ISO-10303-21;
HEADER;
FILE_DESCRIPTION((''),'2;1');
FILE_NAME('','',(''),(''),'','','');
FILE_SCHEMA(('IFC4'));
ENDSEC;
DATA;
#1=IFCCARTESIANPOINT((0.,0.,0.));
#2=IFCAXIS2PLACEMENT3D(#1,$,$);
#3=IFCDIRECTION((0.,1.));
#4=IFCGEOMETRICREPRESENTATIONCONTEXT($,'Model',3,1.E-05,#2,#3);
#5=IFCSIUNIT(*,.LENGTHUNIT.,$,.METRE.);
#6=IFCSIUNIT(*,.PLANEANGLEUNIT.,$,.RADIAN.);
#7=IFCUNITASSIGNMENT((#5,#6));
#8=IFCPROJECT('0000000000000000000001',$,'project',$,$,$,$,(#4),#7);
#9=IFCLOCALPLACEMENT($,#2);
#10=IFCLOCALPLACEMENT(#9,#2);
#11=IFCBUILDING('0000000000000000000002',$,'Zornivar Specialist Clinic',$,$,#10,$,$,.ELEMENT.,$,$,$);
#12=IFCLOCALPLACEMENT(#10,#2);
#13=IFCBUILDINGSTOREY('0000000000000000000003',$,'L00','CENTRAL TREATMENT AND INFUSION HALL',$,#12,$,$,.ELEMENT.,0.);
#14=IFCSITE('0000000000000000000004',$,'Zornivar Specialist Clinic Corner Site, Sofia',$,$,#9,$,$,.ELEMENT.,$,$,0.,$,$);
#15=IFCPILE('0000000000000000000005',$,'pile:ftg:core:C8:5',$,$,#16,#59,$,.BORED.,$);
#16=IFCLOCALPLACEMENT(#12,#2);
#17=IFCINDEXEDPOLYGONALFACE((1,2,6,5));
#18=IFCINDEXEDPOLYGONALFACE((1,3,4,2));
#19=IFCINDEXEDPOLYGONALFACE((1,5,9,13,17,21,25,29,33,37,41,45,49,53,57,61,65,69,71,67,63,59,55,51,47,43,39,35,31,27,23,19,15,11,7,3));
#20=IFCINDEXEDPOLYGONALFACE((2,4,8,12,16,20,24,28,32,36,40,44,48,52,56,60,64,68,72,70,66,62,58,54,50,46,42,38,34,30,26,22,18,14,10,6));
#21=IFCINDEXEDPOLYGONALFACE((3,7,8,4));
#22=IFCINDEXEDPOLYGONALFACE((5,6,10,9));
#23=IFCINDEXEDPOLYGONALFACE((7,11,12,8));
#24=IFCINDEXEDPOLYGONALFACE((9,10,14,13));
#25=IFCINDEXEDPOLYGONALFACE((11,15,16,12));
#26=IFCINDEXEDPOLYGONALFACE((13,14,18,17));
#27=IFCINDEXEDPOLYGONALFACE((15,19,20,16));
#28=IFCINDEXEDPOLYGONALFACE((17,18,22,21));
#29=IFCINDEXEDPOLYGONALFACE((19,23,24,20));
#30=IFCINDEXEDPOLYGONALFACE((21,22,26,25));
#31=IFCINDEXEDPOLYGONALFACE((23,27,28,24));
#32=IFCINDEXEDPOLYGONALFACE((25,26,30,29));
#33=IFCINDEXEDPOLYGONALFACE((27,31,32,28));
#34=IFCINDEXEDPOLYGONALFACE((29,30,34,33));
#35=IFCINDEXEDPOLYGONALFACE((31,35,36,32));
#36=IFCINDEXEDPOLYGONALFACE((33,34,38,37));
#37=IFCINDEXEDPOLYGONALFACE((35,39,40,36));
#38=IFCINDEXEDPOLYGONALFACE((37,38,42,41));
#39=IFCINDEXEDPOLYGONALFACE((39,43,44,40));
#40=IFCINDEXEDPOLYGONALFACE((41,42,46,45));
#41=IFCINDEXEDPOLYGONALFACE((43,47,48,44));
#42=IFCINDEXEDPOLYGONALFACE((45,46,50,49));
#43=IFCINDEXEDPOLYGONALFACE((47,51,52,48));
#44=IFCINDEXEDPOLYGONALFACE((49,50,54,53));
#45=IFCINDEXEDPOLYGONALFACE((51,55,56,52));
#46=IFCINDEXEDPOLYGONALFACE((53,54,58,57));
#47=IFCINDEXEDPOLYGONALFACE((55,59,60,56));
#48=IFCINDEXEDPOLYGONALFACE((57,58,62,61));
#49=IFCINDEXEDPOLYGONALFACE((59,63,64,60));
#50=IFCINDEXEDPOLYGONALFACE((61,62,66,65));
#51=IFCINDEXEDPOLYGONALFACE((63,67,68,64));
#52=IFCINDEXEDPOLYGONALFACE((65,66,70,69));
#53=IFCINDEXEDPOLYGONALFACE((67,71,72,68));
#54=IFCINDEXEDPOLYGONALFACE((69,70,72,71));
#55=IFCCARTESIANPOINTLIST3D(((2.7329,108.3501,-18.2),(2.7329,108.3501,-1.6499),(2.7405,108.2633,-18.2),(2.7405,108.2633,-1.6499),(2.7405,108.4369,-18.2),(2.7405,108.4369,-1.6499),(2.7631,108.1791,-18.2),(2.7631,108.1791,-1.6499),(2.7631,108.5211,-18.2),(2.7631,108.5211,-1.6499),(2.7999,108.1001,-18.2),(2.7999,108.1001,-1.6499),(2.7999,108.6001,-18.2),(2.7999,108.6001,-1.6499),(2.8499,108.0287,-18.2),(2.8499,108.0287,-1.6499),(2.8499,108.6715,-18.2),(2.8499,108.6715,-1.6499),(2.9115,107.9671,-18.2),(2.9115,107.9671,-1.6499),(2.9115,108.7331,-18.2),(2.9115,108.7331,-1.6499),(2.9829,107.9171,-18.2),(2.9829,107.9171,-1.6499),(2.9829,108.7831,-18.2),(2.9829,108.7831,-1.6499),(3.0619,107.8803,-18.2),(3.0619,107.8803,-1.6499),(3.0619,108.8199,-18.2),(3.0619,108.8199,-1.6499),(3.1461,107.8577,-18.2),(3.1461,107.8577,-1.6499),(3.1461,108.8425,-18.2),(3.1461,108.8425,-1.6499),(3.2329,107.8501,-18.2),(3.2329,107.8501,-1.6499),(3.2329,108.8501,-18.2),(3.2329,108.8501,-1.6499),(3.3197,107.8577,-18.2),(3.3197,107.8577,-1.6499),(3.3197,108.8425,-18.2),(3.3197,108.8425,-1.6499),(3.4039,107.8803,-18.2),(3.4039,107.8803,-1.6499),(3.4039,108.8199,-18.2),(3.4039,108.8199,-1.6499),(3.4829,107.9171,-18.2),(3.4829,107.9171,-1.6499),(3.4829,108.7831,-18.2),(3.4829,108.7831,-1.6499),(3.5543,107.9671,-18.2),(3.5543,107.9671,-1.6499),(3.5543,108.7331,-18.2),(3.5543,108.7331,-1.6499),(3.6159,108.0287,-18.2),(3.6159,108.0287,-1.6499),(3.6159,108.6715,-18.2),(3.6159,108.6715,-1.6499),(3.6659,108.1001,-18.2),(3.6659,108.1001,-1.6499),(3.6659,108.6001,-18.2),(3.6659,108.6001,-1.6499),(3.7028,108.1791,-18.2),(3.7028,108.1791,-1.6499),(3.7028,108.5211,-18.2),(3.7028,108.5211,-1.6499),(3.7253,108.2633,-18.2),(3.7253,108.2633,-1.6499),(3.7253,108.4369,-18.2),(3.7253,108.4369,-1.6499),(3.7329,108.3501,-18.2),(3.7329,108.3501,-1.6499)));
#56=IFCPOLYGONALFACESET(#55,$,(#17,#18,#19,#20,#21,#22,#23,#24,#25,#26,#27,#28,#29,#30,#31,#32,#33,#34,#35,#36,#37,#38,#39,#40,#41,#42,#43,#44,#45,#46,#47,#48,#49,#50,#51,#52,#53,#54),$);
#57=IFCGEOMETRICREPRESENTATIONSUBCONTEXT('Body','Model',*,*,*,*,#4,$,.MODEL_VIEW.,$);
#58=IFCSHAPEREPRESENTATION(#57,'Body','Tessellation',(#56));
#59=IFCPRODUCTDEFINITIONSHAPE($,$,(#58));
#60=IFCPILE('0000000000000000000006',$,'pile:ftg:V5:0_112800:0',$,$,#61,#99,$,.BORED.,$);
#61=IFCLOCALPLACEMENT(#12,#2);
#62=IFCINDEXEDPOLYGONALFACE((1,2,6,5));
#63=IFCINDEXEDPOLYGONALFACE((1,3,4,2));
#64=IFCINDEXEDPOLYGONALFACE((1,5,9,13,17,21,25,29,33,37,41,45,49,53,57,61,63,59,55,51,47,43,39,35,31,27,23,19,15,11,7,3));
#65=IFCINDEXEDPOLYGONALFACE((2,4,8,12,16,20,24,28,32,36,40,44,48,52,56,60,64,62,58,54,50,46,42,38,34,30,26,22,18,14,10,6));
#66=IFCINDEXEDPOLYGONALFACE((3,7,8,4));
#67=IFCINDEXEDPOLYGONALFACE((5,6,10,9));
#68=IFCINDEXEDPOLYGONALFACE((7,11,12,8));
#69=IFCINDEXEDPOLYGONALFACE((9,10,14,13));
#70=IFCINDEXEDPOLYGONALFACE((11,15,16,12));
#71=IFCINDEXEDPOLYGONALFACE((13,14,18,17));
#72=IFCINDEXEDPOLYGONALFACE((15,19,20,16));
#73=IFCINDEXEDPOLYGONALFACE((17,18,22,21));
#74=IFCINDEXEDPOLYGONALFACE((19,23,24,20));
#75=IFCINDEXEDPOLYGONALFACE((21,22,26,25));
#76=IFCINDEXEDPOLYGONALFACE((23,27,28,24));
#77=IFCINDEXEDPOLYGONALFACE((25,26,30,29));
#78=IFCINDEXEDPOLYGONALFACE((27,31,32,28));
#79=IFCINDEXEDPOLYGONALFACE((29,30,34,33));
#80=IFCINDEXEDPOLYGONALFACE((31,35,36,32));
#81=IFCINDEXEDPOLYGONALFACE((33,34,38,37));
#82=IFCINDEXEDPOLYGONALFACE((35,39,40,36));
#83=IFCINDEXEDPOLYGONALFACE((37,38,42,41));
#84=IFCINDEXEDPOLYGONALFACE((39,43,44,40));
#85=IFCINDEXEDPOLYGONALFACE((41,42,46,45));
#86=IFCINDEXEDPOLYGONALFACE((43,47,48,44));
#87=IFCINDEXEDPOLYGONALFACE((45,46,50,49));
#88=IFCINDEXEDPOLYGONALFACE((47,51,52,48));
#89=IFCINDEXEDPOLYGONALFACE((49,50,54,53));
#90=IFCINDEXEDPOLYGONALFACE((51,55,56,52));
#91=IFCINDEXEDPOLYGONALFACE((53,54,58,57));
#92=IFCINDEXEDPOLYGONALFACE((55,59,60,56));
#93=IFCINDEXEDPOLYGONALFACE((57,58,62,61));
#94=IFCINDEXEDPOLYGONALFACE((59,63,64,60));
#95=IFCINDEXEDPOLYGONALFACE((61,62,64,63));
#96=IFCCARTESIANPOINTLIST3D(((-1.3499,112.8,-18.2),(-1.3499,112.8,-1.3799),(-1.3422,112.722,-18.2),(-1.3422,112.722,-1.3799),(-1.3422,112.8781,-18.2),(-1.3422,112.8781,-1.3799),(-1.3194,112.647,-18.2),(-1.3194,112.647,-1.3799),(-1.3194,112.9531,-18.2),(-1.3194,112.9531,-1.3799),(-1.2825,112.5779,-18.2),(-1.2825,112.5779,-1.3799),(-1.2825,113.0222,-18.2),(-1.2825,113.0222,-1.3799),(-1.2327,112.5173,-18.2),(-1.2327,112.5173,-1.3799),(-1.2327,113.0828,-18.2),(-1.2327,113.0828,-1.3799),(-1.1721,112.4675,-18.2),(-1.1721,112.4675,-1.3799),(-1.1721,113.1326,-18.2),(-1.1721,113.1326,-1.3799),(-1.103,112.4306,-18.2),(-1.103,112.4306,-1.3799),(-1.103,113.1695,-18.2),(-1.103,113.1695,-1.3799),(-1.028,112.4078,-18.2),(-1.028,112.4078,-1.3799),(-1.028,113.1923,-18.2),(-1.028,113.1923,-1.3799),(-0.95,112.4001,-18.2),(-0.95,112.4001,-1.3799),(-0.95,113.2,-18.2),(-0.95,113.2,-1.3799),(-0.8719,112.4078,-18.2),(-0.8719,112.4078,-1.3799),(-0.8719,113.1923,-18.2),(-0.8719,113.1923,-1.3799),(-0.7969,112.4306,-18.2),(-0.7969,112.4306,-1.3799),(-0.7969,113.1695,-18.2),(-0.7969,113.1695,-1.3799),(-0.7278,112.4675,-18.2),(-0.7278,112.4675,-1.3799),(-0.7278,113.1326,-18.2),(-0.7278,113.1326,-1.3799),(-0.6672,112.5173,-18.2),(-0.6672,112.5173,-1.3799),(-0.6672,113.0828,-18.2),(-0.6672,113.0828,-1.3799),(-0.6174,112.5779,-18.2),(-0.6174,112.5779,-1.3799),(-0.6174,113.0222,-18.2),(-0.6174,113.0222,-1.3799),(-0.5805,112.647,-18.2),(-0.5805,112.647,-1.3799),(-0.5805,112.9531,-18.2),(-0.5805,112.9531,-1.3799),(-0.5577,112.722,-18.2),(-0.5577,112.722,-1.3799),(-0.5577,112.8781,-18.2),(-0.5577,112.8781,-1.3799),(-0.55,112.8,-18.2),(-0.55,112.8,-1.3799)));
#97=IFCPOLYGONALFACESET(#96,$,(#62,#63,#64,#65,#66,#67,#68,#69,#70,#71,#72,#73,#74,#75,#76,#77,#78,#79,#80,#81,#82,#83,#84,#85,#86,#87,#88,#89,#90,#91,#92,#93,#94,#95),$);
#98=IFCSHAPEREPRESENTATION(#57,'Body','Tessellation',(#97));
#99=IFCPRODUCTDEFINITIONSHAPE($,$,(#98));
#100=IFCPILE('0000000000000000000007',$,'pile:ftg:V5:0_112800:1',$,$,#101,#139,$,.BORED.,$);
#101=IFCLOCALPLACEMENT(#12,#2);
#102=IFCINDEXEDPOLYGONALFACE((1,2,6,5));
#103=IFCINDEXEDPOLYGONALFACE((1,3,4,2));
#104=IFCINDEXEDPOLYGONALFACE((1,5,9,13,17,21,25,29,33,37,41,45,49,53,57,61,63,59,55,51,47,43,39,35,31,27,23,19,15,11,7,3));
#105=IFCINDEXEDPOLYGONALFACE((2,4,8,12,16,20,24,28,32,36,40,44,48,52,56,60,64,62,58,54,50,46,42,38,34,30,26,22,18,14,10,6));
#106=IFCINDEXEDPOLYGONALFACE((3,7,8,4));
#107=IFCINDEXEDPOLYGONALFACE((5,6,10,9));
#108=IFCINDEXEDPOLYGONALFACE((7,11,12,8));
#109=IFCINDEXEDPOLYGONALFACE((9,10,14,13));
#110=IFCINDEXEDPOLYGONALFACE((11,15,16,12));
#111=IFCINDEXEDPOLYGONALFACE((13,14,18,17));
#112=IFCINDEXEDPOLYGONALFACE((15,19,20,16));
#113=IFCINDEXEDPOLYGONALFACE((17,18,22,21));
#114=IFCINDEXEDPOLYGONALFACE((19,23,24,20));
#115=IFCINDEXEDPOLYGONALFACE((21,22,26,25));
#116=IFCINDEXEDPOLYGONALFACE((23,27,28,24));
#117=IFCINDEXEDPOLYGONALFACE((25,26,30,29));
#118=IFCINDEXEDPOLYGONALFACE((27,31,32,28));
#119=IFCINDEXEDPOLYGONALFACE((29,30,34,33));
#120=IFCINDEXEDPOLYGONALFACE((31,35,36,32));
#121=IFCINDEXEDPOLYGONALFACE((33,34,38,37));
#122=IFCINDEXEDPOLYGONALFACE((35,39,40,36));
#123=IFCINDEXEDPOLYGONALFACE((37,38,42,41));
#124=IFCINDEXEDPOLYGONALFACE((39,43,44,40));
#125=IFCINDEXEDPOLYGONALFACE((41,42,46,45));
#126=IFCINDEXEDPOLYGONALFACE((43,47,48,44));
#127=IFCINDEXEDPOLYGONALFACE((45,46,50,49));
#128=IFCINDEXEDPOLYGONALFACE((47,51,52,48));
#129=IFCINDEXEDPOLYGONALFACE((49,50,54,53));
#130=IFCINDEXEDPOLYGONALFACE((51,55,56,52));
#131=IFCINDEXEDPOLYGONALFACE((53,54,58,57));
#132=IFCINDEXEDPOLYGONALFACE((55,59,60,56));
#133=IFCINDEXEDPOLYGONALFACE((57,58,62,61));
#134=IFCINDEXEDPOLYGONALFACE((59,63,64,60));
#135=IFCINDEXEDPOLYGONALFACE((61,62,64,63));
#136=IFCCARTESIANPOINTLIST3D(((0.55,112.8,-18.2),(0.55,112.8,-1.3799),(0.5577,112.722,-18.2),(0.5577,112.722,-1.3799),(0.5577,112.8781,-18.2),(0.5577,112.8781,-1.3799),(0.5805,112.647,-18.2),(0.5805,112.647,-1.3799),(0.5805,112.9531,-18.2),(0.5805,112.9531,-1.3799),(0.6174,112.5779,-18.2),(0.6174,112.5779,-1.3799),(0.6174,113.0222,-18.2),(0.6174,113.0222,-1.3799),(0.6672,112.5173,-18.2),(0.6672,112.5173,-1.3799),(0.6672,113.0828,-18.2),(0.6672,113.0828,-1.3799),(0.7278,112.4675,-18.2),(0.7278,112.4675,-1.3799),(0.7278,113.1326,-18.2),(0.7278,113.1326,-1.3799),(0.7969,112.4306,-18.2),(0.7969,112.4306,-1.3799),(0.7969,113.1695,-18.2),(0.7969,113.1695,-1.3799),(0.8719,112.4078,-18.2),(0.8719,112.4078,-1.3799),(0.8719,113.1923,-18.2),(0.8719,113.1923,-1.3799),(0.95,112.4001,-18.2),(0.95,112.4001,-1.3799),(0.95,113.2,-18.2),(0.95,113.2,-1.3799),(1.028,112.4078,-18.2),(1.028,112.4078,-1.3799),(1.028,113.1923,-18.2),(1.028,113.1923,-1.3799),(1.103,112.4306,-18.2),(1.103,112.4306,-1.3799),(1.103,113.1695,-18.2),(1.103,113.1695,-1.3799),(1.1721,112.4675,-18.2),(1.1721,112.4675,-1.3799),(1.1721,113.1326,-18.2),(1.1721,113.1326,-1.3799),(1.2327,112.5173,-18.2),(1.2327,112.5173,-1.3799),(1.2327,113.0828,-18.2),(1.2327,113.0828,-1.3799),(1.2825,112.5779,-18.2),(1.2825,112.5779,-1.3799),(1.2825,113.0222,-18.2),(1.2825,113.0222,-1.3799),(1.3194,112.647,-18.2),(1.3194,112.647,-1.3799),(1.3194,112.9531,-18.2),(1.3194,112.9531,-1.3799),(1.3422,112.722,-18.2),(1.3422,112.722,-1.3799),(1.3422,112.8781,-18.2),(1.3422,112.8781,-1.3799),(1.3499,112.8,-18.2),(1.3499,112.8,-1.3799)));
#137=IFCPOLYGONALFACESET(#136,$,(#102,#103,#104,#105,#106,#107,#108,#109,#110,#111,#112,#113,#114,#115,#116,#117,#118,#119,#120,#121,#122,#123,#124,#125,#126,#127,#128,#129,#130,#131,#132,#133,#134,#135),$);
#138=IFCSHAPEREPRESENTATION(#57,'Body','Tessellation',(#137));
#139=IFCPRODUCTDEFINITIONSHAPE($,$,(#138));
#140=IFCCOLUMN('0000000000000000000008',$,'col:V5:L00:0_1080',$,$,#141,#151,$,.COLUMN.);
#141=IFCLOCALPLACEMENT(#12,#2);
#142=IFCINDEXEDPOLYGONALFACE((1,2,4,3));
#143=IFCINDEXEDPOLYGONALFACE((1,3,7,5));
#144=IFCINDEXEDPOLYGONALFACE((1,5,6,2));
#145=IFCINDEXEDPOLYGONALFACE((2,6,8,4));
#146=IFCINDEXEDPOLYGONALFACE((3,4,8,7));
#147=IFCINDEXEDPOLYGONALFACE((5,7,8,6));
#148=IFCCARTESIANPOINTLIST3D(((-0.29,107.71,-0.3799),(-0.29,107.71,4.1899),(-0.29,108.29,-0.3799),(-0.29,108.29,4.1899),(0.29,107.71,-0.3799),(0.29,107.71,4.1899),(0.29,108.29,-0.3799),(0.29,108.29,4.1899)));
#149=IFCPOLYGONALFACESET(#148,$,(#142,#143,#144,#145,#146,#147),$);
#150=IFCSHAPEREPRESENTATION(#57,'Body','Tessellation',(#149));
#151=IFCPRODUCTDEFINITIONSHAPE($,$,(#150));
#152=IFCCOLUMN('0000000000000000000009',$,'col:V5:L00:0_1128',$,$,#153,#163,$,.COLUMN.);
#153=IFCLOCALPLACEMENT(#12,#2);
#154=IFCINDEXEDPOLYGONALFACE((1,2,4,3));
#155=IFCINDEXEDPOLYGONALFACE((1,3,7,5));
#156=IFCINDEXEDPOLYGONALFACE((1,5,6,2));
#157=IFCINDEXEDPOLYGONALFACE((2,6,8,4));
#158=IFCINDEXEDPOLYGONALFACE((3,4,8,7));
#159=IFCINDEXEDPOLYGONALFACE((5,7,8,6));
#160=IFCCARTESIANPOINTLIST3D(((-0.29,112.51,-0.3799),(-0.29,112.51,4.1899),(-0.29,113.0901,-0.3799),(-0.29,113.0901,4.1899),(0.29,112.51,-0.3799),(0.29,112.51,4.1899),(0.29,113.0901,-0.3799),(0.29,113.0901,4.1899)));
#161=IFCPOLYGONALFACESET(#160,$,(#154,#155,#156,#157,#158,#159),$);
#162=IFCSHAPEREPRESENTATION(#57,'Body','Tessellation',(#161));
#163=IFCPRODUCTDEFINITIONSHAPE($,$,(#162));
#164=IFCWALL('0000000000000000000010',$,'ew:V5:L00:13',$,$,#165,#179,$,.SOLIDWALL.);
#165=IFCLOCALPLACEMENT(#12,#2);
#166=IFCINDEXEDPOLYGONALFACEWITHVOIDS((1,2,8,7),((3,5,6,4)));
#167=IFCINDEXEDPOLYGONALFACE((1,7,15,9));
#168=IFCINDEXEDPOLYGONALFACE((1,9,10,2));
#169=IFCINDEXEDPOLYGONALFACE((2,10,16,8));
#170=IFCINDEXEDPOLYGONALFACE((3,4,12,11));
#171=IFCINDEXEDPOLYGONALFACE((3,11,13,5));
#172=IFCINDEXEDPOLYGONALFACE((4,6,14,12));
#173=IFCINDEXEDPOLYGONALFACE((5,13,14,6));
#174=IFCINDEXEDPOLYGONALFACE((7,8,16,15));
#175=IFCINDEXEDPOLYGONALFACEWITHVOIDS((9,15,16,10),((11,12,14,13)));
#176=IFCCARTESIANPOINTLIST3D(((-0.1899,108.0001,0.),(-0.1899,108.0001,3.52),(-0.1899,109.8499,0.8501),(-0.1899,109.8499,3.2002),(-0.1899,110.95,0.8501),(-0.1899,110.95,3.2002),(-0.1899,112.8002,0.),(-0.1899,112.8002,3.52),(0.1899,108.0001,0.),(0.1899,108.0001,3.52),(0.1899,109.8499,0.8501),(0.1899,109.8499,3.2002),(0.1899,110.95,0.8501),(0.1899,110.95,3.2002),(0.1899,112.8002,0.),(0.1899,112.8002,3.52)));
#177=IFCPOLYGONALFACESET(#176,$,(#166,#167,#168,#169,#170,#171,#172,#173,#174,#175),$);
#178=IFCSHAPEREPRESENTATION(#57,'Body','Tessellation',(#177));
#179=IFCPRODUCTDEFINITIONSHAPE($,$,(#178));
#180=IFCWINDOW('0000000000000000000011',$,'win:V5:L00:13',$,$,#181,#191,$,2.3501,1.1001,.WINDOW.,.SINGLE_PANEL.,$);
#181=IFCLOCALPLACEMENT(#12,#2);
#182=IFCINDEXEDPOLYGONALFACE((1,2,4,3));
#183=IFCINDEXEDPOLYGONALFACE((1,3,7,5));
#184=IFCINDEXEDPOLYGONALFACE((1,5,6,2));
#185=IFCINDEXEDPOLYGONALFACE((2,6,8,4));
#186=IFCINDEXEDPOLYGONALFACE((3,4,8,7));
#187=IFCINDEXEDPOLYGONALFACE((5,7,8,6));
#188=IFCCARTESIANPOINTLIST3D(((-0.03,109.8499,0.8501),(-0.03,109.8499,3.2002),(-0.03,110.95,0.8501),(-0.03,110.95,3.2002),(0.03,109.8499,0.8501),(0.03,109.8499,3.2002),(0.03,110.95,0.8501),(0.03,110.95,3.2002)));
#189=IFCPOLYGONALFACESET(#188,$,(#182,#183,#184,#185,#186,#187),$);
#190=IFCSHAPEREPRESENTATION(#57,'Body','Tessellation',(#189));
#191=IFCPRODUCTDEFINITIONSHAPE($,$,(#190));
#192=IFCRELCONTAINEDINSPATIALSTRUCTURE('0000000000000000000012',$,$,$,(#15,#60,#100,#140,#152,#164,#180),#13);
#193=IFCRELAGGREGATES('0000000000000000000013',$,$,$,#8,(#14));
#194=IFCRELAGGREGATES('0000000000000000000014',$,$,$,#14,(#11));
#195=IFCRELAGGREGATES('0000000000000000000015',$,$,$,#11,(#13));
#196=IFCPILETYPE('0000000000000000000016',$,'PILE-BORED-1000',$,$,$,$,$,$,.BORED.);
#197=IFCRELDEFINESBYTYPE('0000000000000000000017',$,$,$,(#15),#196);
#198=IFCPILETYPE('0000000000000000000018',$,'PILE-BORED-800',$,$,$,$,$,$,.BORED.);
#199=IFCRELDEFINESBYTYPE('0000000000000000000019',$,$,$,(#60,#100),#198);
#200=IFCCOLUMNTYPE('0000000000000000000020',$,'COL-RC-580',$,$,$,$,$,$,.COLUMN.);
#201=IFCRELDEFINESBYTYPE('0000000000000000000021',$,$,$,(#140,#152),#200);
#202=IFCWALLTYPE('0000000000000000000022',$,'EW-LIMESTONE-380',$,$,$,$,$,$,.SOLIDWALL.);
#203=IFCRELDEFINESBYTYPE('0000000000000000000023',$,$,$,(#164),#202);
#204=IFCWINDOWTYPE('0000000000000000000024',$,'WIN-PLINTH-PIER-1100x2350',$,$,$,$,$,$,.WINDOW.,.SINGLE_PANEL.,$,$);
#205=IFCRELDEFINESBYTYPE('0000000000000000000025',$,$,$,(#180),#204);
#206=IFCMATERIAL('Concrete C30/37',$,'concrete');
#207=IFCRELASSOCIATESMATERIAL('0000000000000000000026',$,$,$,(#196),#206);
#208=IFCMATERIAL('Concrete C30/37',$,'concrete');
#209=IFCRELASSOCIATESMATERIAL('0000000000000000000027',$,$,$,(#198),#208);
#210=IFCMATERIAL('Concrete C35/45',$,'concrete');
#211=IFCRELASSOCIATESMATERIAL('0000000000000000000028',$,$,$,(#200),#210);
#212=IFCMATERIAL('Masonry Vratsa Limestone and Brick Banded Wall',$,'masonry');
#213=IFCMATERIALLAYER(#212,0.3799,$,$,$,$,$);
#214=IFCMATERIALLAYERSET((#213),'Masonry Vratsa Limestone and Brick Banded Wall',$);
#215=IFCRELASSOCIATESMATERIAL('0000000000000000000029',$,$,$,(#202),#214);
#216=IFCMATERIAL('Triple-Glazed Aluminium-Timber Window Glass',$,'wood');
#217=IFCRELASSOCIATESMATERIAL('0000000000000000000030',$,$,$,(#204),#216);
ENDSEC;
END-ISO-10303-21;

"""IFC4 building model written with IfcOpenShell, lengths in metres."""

from ifc_helpers import new_model, si_unit, direction, frame, frame_2d, origin, origin_2d, place, context, subcontext, project, spatial, rectangle, circle, extrude, material, layer, layer_set, material_profile, profile_set, type_object, element, fill, save


model = new_model("IFC4")

# Units and contexts
model_context = context("Model", 3, precision=1e-05, world=origin(), true_north=direction((0.0, 1.0)))
body_context = subcontext(model_context, "Body", "Model", "MODEL_VIEW")
ifc_project = project(units=[si_unit("LENGTHUNIT", "METRE"), si_unit("PLANEANGLEUNIT", "RADIAN")], contexts=[model_context])

# Site, building, storey
site_placement = place(None, origin())
site = spatial("IfcSite", under=ifc_project, at=site_placement, Name="Zornivar Specialist Clinic Corner Site, Sofia", CompositionType="ELEMENT", RefElevation=0.0)
building_placement = place(site_placement, origin())
building = spatial("IfcBuilding", under=site, at=building_placement, Name="Zornivar Specialist Clinic", CompositionType="ELEMENT")
storey_placement = place(building_placement, origin())
storey = spatial("IfcBuildingStorey", under=building, at=storey_placement, Name="L00", Description="CENTRAL TREATMENT AND INFUSION HALL", CompositionType="ELEMENT", Elevation=0.0)

# Piles
ifc_material_1 = material(Name="Concrete C30/37", Category="concrete")
ifc_material_profile_1 = material_profile(ifc_material_1, circle(Radius=0.5, at=origin_2d()), Name="PILE D1000")
ifc_profile_set_1 = profile_set([ifc_material_profile_1], Name="Concrete C30/37")
pile_type_1 = type_object("IfcPileType", Name="PILE-BORED-1000", PredefinedType="BORED", material=ifc_profile_set_1)
for number, where, z_axis, x_axis, name in (
    (1, (3.2329, 108.3501, -1.6499), (0.0, 0.0, -1.0), (1.0, 0.0, 0.0), "pile:ftg:core:C8:5"),
):
    element("IfcPile", number, at=place(storey_placement, frame(where, z_axis=z_axis, x_axis=x_axis)), inside=storey, type_object=pile_type_1, Name=name, PredefinedType="BORED", context=body_context, shape_type="SweptSolid", body=[
        extrude(circle(Radius=0.5, at=origin_2d()), origin(), (0.0, 0.0, 1.0), 16.55),
    ])
ifc_material_2 = material(Name="Concrete C30/37", Category="concrete")
ifc_material_profile_2 = material_profile(ifc_material_2, circle(Radius=0.3999, at=origin_2d()), Name="PILE D800")
ifc_profile_set_2 = profile_set([ifc_material_profile_2], Name="Concrete C30/37")
pile_type_2 = type_object("IfcPileType", Name="PILE-BORED-800", PredefinedType="BORED", material=ifc_profile_set_2)
for number, where, z_axis, x_axis, name in (
    (2, (-0.95, 112.8, -1.3799), (0.0, 0.0, -1.0), (1.0, 0.0, 0.0), "pile:ftg:V5:0_112800:0"),
    (3, (0.95, 112.8, -1.3799), (0.0, 0.0, -1.0), (1.0, 0.0, 0.0), "pile:ftg:V5:0_112800:1"),
):
    element("IfcPile", number, at=place(storey_placement, frame(where, z_axis=z_axis, x_axis=x_axis)), inside=storey, type_object=pile_type_2, Name=name, PredefinedType="BORED", context=body_context, shape_type="SweptSolid", body=[
        extrude(circle(Radius=0.3999, at=origin_2d()), origin(), (0.0, 0.0, 1.0), 16.8201),
    ])

# Columns
ifc_material_3 = material(Name="Concrete C35/45", Category="concrete")
ifc_material_profile_3 = material_profile(ifc_material_3, rectangle(XDim=0.5801, YDim=0.5801, at=origin_2d()), Name="RC 580x580")
ifc_profile_set_3 = profile_set([ifc_material_profile_3], Name="Concrete C35/45")
column_type = type_object("IfcColumnType", Name="COL-RC-580", PredefinedType="COLUMN", material=ifc_profile_set_3)
for number, where, z_axis, x_axis, name in (
    (4, (0.0, 108.0, -0.3799), (0.0, 0.0, 1.0), (1.0, 0.0, 0.0), "col:V5:L00:0_1080"),
    (5, (0.0, 112.8, -0.3799), (0.0, 0.0, 1.0), (1.0, 0.0, 0.0), "col:V5:L00:0_1128"),
):
    element("IfcColumn", number, at=place(storey_placement, frame(where, z_axis=z_axis, x_axis=x_axis)), inside=storey, type_object=column_type, Name=name, PredefinedType="COLUMN", context=body_context, shape_type="SweptSolid", body=[
        extrude(rectangle(XDim=0.5801, YDim=0.5801, at=origin_2d()), origin(), (0.0, 0.0, 1.0), 4.5698),
    ])

# Wall, opening, window
ifc_material_4 = material(Name="Masonry Vratsa Limestone and Brick Banded Wall", Category="masonry")
ifc_layer_1 = layer(ifc_material_4, 0.3799)
ifc_layer_set_1 = layer_set([ifc_layer_1], Name="Masonry Vratsa Limestone and Brick Banded Wall")
wall_type_1 = type_object("IfcWallType", Name="EW-LIMESTONE-380", PredefinedType="SOLIDWALL", material=ifc_layer_set_1)
wall_1_placement = place(storey_placement, frame((0.0, 112.8, 0.0), z_axis=(0.0, 0.0, 1.0), x_axis=(0.0, -1.0, 0.0)))
wall_1 = element("IfcWall", 6, at=wall_1_placement, inside=storey, type_object=wall_type_1, Name="ew:V5:L00:13", PredefinedType="SOLIDWALL", context=body_context, shape_type="SweptSolid", body=[
    extrude(rectangle(XDim=4.8, YDim=0.3799, at=frame_2d((2.3999, 0.0))), origin(), (0.0, 0.0, 1.0), 3.52),
])
opening_1_placement = place(wall_1_placement, frame((1.8501, 0.0, 0.8501)))
opening_1 = element("IfcOpeningElement", 7, at=opening_1_placement, cuts=wall_1, PredefinedType="OPENING", context=body_context, shape_type="SweptSolid", body=[
    extrude(rectangle(XDim=1.1001, YDim=2.3501, at=frame_2d((0.55, 1.175))), frame((0.0, 0.2, 0.0), z_axis=(0.0, -1.0, 0.0), x_axis=(1.0, 0.0, 0.0)), (0.0, 0.0, 1.0), 0.3999),
])
ifc_material_5 = material(Name="Triple-Glazed Aluminium-Timber Window Glass", Category="wood")
window_type_1 = type_object("IfcWindowType", Name="WIN-PLINTH-PIER-1100x2350", PartitioningType="SINGLE_PANEL", PredefinedType="WINDOW", material=ifc_material_5)
window_1_placement = place(opening_1_placement, origin())
window_1 = element("IfcWindow", 8, at=window_1_placement, inside=storey, type_object=window_type_1, Name="win:V5:L00:13", OverallHeight=2.3501, OverallWidth=1.1001, PartitioningType="SINGLE_PANEL", PredefinedType="WINDOW", context=body_context, shape_type="SweptSolid", body=[
    extrude(rectangle(XDim=1.1001, YDim=2.3501, at=frame_2d((0.55, 1.175))), frame((0.0, 0.03, 0.0), z_axis=(0.0, -1.0, 0.0), x_axis=(1.0, 0.0, 0.0)), (0.0, 0.0, 1.0), 0.0601),
])
fill(opening_1, window_1)

save(model, "model.ifc")
